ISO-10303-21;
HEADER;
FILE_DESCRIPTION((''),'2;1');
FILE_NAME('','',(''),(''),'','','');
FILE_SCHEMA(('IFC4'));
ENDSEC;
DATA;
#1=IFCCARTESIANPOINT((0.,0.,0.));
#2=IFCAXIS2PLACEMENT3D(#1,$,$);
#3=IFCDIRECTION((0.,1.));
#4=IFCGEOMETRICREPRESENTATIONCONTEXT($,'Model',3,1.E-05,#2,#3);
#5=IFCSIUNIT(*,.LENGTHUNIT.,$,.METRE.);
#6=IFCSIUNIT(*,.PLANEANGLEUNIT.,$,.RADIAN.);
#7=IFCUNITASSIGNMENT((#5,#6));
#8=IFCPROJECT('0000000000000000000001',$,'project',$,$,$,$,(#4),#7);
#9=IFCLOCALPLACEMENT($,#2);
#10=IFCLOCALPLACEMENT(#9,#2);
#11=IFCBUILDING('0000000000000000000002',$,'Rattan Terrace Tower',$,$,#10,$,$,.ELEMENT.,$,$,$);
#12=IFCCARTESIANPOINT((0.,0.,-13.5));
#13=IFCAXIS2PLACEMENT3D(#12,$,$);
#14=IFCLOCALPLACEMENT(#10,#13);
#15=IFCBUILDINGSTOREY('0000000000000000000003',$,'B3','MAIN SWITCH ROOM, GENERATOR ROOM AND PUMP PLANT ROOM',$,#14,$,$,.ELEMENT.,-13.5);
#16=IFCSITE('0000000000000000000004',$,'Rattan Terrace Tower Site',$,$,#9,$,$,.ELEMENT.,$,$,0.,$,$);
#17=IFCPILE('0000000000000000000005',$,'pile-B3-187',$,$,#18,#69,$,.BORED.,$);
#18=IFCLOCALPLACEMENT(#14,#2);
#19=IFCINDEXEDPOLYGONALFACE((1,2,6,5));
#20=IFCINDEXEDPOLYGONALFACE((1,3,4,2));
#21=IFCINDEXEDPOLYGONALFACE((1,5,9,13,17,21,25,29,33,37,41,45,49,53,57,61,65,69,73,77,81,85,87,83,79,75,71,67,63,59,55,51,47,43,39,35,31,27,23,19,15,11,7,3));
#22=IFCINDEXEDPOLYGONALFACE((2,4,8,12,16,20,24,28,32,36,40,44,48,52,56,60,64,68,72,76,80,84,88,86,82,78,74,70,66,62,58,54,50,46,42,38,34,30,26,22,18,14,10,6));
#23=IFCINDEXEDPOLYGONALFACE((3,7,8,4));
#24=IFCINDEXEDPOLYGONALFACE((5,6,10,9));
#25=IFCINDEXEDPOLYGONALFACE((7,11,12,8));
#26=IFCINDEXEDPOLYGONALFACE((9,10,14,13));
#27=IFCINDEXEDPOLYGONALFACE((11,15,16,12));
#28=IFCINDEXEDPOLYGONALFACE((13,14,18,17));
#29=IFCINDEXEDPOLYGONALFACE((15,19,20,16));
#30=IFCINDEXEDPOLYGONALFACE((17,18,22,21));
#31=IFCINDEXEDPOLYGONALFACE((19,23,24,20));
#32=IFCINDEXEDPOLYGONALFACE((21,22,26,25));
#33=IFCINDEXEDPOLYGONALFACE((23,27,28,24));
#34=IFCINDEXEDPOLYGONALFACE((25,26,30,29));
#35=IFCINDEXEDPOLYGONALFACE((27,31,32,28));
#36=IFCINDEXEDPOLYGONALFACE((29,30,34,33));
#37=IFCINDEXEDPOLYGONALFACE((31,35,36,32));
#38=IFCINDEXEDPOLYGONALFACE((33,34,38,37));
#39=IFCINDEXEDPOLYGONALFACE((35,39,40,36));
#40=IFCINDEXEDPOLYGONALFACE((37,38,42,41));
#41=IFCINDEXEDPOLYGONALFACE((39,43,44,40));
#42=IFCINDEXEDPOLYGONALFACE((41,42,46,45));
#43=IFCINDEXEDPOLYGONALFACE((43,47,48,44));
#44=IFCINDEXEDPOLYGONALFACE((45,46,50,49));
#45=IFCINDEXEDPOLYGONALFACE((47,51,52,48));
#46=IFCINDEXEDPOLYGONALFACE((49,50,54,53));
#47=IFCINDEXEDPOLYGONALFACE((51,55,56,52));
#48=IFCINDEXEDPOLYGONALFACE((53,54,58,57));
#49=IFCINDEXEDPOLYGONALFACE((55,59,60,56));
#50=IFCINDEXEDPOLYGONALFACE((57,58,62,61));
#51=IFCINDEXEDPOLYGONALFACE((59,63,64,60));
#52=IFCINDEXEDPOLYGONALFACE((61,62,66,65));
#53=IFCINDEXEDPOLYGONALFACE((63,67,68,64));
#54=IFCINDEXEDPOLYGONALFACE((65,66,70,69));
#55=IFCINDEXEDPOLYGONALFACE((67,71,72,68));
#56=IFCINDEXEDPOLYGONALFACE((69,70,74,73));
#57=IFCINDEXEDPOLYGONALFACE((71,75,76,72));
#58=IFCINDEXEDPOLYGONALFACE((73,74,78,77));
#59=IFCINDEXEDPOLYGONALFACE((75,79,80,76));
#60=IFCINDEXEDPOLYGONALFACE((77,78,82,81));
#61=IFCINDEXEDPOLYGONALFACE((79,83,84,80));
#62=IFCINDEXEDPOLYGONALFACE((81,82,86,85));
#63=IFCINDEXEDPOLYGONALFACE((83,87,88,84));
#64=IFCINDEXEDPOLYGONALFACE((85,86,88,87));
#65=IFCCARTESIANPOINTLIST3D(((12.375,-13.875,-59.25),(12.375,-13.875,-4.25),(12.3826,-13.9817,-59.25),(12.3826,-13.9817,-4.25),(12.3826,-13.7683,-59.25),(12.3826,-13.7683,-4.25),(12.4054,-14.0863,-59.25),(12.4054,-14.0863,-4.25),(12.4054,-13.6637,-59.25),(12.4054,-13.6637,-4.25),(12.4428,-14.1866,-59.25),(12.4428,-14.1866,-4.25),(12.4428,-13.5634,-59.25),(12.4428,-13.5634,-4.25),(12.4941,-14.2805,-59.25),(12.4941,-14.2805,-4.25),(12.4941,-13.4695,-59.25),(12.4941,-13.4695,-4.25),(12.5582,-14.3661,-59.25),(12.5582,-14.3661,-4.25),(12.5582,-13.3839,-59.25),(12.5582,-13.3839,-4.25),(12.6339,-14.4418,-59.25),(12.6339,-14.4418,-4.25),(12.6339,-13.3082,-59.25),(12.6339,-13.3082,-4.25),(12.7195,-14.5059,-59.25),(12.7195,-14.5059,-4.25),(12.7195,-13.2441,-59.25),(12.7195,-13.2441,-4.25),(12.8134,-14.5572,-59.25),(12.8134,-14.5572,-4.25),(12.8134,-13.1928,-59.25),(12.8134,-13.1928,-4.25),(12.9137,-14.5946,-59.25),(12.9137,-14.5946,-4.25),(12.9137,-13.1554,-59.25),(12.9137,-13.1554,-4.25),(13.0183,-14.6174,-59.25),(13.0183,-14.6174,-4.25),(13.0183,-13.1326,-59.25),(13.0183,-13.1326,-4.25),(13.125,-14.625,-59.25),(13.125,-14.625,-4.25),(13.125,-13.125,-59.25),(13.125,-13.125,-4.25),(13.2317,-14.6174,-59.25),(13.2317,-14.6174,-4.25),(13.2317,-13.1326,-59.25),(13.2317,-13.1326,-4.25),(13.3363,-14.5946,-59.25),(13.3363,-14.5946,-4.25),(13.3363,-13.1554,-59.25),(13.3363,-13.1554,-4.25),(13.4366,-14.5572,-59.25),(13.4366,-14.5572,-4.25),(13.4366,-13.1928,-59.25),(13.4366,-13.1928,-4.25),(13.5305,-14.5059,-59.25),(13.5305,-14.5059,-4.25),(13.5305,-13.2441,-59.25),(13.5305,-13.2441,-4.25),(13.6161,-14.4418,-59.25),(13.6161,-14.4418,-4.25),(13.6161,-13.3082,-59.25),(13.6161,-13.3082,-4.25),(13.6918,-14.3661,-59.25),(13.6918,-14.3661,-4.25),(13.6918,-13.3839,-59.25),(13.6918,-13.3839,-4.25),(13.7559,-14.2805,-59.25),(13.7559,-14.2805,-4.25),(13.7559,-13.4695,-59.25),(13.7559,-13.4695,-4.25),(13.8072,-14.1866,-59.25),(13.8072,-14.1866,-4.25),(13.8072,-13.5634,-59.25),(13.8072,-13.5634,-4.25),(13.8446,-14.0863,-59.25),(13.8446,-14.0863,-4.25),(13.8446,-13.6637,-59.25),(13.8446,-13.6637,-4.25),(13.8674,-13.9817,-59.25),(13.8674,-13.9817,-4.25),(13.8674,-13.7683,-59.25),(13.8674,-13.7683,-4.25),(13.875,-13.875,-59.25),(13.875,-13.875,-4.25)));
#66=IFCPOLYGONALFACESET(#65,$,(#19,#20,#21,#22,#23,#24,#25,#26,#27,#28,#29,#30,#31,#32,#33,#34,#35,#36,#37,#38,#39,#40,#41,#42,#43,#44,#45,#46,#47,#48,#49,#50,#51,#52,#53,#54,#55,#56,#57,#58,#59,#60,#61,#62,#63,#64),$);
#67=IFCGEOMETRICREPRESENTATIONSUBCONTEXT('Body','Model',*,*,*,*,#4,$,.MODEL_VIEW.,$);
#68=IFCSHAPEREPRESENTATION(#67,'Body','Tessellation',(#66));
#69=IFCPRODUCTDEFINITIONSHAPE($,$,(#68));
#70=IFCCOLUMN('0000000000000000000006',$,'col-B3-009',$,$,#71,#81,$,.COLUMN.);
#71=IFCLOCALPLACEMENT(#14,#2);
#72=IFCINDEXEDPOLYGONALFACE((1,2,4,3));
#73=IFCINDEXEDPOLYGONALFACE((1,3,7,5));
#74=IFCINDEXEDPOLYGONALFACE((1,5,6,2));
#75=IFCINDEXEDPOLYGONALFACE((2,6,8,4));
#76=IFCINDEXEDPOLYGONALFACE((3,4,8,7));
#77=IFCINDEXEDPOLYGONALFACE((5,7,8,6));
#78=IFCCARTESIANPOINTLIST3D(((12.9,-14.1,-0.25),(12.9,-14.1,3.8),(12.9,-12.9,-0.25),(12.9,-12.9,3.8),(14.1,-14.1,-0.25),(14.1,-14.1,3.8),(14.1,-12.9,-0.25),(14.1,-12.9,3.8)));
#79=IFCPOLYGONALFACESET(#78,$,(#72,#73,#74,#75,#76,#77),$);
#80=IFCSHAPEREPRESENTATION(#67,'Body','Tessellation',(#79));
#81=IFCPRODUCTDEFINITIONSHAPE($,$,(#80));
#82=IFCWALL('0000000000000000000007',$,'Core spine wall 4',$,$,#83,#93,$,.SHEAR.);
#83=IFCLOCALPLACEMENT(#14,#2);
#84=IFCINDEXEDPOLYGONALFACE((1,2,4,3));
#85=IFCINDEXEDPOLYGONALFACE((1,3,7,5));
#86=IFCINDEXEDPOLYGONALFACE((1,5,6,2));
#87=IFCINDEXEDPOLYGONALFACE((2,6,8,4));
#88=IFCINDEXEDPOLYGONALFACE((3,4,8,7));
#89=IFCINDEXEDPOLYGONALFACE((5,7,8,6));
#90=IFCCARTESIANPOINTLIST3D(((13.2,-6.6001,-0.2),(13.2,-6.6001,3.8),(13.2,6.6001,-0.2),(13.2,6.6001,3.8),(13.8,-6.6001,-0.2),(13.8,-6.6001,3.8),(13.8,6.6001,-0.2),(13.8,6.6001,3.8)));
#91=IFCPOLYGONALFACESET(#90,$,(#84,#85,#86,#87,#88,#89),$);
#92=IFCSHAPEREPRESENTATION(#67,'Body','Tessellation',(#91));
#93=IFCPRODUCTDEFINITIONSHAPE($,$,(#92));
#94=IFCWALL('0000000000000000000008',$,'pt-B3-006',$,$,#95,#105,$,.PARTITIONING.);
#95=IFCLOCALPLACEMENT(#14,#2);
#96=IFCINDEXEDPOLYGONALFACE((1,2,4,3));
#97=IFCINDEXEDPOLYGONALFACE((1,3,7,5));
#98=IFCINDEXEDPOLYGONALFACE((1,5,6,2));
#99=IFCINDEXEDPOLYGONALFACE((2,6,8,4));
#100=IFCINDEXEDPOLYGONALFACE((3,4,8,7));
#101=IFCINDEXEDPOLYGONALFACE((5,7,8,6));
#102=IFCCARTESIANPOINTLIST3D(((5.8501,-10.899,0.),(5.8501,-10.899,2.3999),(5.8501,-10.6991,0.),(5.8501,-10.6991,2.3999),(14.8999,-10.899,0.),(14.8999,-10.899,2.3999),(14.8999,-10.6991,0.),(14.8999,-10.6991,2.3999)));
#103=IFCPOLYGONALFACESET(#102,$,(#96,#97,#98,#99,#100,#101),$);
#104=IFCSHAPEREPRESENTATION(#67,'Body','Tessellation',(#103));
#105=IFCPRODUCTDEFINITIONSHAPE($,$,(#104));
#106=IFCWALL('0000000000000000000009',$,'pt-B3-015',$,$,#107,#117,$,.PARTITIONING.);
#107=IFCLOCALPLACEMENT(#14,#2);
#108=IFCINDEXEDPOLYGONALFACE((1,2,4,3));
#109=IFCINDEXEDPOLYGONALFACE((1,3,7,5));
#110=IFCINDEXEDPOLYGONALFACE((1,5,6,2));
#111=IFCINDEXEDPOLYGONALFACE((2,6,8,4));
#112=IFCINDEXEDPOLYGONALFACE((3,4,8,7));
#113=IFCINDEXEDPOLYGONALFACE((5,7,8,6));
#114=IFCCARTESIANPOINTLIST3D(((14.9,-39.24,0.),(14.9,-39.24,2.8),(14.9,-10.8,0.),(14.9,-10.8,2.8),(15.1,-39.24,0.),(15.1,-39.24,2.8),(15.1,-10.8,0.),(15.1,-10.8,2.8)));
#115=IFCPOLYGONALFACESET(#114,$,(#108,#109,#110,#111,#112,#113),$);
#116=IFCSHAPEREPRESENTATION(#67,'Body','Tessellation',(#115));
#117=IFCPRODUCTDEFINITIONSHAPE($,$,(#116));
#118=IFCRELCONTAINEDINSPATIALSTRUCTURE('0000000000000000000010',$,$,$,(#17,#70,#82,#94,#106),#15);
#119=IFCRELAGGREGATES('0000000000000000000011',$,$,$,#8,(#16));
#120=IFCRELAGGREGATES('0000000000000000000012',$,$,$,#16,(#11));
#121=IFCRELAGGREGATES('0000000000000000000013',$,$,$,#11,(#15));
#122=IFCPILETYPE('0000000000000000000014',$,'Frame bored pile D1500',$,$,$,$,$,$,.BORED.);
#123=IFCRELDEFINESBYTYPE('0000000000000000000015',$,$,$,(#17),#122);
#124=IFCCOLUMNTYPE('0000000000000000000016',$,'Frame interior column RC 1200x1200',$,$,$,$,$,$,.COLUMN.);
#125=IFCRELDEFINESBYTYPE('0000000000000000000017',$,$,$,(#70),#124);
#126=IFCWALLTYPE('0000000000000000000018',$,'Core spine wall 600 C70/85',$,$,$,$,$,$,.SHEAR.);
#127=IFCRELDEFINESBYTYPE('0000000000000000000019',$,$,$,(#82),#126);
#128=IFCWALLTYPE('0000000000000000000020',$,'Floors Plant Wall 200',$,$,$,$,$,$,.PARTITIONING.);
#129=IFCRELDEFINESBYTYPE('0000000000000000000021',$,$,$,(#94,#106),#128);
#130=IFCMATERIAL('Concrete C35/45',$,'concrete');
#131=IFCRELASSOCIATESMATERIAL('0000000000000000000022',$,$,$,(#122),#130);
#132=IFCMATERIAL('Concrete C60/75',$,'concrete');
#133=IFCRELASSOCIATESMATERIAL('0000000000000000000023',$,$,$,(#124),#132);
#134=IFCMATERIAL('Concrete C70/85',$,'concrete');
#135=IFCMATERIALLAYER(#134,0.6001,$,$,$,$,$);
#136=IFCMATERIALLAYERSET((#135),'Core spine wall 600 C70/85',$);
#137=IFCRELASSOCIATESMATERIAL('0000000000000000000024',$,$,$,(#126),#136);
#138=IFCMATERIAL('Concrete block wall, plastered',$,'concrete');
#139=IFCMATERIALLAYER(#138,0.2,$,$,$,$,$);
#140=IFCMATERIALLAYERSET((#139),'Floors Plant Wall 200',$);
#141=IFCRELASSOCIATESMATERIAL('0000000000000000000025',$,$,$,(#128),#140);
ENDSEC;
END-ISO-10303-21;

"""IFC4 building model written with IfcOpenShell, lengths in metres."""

from ifc_helpers import new_model, si_unit, direction, frame, frame_2d, origin, origin_2d, place, context, subcontext, project, spatial, rectangle, circle, extrude, material, layer, layer_set, material_profile, profile_set, type_object, element, save


model = new_model("IFC4")

# Units and contexts
model_context = context("Model", 3, precision=1e-05, world=origin(), true_north=direction((0.0, 1.0)))
body_context = subcontext(model_context, "Body", "Model", "MODEL_VIEW")
ifc_project = project(units=[si_unit("LENGTHUNIT", "METRE"), si_unit("PLANEANGLEUNIT", "RADIAN")], contexts=[model_context])

# Site, building, storey
site_placement = place(None, origin())
site = spatial("IfcSite", under=ifc_project, at=site_placement, Name="Rattan Terrace Tower Site", CompositionType="ELEMENT", RefElevation=0.0)
building_placement = place(site_placement, origin())
building = spatial("IfcBuilding", under=site, at=building_placement, Name="Rattan Terrace Tower", CompositionType="ELEMENT")
storey_placement = place(building_placement, frame((0.0, 0.0, -13.5)))
storey = spatial("IfcBuildingStorey", under=building, at=storey_placement, Name="B3", Description="MAIN SWITCH ROOM, GENERATOR ROOM AND PUMP PLANT ROOM", CompositionType="ELEMENT", Elevation=-13.5)

# Pile
ifc_material_1 = material(Name="Concrete C35/45", Category="concrete")
ifc_material_profile_1 = material_profile(ifc_material_1, circle(Radius=0.75, at=origin_2d()), Name="PILE D1500")
ifc_profile_set_1 = profile_set([ifc_material_profile_1], Name="Concrete C35/45")
pile_type = type_object("IfcPileType", Name="Frame bored pile D1500", PredefinedType="BORED", material=ifc_profile_set_1)
for number, where, z_axis, x_axis, name in (
    (1, (13.125, -13.875, -4.25), (0.0, 0.0, -1.0), (1.0, 0.0, 0.0), "pile-B3-187"),
):
    element("IfcPile", number, at=place(storey_placement, frame(where, z_axis=z_axis, x_axis=x_axis)), inside=storey, type_object=pile_type, Name=name, PredefinedType="BORED", context=body_context, shape_type="SweptSolid", body=[
        extrude(circle(Radius=0.75, at=origin_2d()), origin(), (0.0, 0.0, 1.0), 55.0),
    ])

# Column
ifc_material_2 = material(Name="Concrete C60/75", Category="concrete")
ifc_material_profile_2 = material_profile(ifc_material_2, rectangle(XDim=1.2, YDim=1.2, at=origin_2d()), Name="RC 1200x1200")
ifc_profile_set_2 = profile_set([ifc_material_profile_2], Name="Concrete C60/75")
column_type = type_object("IfcColumnType", Name="Frame interior column RC 1200x1200", PredefinedType="COLUMN", material=ifc_profile_set_2)
column_placement = place(storey_placement, frame((13.5, -13.5, -0.25), z_axis=(0.0, 0.0, 1.0), x_axis=(1.0, 0.0, 0.0)))
element("IfcColumn", 2, at=column_placement, inside=storey, type_object=column_type, Name="col-B3-009", PredefinedType="COLUMN", context=body_context, shape_type="SweptSolid", body=[
    extrude(rectangle(XDim=1.2, YDim=1.2, at=origin_2d()), origin(), (0.0, 0.0, 1.0), 4.05),
])

# Walls
ifc_material_3 = material(Name="Concrete C70/85", Category="concrete")
ifc_layer_1 = layer(ifc_material_3, 0.6001)
ifc_layer_set_1 = layer_set([ifc_layer_1], Name="Core spine wall 600 C70/85")
wall_type_1 = type_object("IfcWallType", Name="Core spine wall 600 C70/85", PredefinedType="SHEAR", material=ifc_layer_set_1)
wall_1_placement = place(storey_placement, frame((13.5, -6.6001, -0.2), z_axis=(0.0, 0.0, 1.0), x_axis=(0.0, 1.0, 0.0)))
element("IfcWall", 3, at=wall_1_placement, inside=storey, type_object=wall_type_1, Name="Core spine wall 4", PredefinedType="SHEAR", context=body_context, shape_type="SweptSolid", body=[
    extrude(rectangle(XDim=13.2002, YDim=0.6001, at=frame_2d((6.6001, 0.0))), origin(), (0.0, 0.0, 1.0), 4.0),
])
ifc_material_4 = material(Name="Concrete block wall, plastered", Category="concrete")
ifc_layer_2 = layer(ifc_material_4, 0.2)
ifc_layer_set_2 = layer_set([ifc_layer_2], Name="Floors Plant Wall 200")
wall_type_2 = type_object("IfcWallType", Name="Floors Plant Wall 200", PredefinedType="PARTITIONING", material=ifc_layer_set_2)
wall_2_placement = place(storey_placement, frame((14.8999, -10.7991, 0.0), z_axis=(0.0, 0.0, 1.0), x_axis=(-1.0, 0.0, 0.0)))
element("IfcWall", 4, at=wall_2_placement, inside=storey, type_object=wall_type_2, Name="pt-B3-006", PredefinedType="PARTITIONING", context=body_context, shape_type="SweptSolid", body=[
    extrude(rectangle(XDim=9.0498, YDim=0.2, at=frame_2d((4.5249, 0.0))), origin(), (0.0, 0.0, 1.0), 2.3999),
])
wall_3_placement = place(storey_placement, frame((15.0, -10.8, 0.0), z_axis=(0.0, 0.0, 1.0), x_axis=(0.0, -1.0, 0.0)))
element("IfcWall", 5, at=wall_3_placement, inside=storey, type_object=wall_type_2, Name="pt-B3-015", PredefinedType="PARTITIONING", context=body_context, shape_type="SweptSolid", body=[
    extrude(rectangle(XDim=28.4399, YDim=0.2, at=frame_2d((14.22, 0.0))), origin(), (0.0, 0.0, 1.0), 2.8),
])

save(model, "model.ifc")
